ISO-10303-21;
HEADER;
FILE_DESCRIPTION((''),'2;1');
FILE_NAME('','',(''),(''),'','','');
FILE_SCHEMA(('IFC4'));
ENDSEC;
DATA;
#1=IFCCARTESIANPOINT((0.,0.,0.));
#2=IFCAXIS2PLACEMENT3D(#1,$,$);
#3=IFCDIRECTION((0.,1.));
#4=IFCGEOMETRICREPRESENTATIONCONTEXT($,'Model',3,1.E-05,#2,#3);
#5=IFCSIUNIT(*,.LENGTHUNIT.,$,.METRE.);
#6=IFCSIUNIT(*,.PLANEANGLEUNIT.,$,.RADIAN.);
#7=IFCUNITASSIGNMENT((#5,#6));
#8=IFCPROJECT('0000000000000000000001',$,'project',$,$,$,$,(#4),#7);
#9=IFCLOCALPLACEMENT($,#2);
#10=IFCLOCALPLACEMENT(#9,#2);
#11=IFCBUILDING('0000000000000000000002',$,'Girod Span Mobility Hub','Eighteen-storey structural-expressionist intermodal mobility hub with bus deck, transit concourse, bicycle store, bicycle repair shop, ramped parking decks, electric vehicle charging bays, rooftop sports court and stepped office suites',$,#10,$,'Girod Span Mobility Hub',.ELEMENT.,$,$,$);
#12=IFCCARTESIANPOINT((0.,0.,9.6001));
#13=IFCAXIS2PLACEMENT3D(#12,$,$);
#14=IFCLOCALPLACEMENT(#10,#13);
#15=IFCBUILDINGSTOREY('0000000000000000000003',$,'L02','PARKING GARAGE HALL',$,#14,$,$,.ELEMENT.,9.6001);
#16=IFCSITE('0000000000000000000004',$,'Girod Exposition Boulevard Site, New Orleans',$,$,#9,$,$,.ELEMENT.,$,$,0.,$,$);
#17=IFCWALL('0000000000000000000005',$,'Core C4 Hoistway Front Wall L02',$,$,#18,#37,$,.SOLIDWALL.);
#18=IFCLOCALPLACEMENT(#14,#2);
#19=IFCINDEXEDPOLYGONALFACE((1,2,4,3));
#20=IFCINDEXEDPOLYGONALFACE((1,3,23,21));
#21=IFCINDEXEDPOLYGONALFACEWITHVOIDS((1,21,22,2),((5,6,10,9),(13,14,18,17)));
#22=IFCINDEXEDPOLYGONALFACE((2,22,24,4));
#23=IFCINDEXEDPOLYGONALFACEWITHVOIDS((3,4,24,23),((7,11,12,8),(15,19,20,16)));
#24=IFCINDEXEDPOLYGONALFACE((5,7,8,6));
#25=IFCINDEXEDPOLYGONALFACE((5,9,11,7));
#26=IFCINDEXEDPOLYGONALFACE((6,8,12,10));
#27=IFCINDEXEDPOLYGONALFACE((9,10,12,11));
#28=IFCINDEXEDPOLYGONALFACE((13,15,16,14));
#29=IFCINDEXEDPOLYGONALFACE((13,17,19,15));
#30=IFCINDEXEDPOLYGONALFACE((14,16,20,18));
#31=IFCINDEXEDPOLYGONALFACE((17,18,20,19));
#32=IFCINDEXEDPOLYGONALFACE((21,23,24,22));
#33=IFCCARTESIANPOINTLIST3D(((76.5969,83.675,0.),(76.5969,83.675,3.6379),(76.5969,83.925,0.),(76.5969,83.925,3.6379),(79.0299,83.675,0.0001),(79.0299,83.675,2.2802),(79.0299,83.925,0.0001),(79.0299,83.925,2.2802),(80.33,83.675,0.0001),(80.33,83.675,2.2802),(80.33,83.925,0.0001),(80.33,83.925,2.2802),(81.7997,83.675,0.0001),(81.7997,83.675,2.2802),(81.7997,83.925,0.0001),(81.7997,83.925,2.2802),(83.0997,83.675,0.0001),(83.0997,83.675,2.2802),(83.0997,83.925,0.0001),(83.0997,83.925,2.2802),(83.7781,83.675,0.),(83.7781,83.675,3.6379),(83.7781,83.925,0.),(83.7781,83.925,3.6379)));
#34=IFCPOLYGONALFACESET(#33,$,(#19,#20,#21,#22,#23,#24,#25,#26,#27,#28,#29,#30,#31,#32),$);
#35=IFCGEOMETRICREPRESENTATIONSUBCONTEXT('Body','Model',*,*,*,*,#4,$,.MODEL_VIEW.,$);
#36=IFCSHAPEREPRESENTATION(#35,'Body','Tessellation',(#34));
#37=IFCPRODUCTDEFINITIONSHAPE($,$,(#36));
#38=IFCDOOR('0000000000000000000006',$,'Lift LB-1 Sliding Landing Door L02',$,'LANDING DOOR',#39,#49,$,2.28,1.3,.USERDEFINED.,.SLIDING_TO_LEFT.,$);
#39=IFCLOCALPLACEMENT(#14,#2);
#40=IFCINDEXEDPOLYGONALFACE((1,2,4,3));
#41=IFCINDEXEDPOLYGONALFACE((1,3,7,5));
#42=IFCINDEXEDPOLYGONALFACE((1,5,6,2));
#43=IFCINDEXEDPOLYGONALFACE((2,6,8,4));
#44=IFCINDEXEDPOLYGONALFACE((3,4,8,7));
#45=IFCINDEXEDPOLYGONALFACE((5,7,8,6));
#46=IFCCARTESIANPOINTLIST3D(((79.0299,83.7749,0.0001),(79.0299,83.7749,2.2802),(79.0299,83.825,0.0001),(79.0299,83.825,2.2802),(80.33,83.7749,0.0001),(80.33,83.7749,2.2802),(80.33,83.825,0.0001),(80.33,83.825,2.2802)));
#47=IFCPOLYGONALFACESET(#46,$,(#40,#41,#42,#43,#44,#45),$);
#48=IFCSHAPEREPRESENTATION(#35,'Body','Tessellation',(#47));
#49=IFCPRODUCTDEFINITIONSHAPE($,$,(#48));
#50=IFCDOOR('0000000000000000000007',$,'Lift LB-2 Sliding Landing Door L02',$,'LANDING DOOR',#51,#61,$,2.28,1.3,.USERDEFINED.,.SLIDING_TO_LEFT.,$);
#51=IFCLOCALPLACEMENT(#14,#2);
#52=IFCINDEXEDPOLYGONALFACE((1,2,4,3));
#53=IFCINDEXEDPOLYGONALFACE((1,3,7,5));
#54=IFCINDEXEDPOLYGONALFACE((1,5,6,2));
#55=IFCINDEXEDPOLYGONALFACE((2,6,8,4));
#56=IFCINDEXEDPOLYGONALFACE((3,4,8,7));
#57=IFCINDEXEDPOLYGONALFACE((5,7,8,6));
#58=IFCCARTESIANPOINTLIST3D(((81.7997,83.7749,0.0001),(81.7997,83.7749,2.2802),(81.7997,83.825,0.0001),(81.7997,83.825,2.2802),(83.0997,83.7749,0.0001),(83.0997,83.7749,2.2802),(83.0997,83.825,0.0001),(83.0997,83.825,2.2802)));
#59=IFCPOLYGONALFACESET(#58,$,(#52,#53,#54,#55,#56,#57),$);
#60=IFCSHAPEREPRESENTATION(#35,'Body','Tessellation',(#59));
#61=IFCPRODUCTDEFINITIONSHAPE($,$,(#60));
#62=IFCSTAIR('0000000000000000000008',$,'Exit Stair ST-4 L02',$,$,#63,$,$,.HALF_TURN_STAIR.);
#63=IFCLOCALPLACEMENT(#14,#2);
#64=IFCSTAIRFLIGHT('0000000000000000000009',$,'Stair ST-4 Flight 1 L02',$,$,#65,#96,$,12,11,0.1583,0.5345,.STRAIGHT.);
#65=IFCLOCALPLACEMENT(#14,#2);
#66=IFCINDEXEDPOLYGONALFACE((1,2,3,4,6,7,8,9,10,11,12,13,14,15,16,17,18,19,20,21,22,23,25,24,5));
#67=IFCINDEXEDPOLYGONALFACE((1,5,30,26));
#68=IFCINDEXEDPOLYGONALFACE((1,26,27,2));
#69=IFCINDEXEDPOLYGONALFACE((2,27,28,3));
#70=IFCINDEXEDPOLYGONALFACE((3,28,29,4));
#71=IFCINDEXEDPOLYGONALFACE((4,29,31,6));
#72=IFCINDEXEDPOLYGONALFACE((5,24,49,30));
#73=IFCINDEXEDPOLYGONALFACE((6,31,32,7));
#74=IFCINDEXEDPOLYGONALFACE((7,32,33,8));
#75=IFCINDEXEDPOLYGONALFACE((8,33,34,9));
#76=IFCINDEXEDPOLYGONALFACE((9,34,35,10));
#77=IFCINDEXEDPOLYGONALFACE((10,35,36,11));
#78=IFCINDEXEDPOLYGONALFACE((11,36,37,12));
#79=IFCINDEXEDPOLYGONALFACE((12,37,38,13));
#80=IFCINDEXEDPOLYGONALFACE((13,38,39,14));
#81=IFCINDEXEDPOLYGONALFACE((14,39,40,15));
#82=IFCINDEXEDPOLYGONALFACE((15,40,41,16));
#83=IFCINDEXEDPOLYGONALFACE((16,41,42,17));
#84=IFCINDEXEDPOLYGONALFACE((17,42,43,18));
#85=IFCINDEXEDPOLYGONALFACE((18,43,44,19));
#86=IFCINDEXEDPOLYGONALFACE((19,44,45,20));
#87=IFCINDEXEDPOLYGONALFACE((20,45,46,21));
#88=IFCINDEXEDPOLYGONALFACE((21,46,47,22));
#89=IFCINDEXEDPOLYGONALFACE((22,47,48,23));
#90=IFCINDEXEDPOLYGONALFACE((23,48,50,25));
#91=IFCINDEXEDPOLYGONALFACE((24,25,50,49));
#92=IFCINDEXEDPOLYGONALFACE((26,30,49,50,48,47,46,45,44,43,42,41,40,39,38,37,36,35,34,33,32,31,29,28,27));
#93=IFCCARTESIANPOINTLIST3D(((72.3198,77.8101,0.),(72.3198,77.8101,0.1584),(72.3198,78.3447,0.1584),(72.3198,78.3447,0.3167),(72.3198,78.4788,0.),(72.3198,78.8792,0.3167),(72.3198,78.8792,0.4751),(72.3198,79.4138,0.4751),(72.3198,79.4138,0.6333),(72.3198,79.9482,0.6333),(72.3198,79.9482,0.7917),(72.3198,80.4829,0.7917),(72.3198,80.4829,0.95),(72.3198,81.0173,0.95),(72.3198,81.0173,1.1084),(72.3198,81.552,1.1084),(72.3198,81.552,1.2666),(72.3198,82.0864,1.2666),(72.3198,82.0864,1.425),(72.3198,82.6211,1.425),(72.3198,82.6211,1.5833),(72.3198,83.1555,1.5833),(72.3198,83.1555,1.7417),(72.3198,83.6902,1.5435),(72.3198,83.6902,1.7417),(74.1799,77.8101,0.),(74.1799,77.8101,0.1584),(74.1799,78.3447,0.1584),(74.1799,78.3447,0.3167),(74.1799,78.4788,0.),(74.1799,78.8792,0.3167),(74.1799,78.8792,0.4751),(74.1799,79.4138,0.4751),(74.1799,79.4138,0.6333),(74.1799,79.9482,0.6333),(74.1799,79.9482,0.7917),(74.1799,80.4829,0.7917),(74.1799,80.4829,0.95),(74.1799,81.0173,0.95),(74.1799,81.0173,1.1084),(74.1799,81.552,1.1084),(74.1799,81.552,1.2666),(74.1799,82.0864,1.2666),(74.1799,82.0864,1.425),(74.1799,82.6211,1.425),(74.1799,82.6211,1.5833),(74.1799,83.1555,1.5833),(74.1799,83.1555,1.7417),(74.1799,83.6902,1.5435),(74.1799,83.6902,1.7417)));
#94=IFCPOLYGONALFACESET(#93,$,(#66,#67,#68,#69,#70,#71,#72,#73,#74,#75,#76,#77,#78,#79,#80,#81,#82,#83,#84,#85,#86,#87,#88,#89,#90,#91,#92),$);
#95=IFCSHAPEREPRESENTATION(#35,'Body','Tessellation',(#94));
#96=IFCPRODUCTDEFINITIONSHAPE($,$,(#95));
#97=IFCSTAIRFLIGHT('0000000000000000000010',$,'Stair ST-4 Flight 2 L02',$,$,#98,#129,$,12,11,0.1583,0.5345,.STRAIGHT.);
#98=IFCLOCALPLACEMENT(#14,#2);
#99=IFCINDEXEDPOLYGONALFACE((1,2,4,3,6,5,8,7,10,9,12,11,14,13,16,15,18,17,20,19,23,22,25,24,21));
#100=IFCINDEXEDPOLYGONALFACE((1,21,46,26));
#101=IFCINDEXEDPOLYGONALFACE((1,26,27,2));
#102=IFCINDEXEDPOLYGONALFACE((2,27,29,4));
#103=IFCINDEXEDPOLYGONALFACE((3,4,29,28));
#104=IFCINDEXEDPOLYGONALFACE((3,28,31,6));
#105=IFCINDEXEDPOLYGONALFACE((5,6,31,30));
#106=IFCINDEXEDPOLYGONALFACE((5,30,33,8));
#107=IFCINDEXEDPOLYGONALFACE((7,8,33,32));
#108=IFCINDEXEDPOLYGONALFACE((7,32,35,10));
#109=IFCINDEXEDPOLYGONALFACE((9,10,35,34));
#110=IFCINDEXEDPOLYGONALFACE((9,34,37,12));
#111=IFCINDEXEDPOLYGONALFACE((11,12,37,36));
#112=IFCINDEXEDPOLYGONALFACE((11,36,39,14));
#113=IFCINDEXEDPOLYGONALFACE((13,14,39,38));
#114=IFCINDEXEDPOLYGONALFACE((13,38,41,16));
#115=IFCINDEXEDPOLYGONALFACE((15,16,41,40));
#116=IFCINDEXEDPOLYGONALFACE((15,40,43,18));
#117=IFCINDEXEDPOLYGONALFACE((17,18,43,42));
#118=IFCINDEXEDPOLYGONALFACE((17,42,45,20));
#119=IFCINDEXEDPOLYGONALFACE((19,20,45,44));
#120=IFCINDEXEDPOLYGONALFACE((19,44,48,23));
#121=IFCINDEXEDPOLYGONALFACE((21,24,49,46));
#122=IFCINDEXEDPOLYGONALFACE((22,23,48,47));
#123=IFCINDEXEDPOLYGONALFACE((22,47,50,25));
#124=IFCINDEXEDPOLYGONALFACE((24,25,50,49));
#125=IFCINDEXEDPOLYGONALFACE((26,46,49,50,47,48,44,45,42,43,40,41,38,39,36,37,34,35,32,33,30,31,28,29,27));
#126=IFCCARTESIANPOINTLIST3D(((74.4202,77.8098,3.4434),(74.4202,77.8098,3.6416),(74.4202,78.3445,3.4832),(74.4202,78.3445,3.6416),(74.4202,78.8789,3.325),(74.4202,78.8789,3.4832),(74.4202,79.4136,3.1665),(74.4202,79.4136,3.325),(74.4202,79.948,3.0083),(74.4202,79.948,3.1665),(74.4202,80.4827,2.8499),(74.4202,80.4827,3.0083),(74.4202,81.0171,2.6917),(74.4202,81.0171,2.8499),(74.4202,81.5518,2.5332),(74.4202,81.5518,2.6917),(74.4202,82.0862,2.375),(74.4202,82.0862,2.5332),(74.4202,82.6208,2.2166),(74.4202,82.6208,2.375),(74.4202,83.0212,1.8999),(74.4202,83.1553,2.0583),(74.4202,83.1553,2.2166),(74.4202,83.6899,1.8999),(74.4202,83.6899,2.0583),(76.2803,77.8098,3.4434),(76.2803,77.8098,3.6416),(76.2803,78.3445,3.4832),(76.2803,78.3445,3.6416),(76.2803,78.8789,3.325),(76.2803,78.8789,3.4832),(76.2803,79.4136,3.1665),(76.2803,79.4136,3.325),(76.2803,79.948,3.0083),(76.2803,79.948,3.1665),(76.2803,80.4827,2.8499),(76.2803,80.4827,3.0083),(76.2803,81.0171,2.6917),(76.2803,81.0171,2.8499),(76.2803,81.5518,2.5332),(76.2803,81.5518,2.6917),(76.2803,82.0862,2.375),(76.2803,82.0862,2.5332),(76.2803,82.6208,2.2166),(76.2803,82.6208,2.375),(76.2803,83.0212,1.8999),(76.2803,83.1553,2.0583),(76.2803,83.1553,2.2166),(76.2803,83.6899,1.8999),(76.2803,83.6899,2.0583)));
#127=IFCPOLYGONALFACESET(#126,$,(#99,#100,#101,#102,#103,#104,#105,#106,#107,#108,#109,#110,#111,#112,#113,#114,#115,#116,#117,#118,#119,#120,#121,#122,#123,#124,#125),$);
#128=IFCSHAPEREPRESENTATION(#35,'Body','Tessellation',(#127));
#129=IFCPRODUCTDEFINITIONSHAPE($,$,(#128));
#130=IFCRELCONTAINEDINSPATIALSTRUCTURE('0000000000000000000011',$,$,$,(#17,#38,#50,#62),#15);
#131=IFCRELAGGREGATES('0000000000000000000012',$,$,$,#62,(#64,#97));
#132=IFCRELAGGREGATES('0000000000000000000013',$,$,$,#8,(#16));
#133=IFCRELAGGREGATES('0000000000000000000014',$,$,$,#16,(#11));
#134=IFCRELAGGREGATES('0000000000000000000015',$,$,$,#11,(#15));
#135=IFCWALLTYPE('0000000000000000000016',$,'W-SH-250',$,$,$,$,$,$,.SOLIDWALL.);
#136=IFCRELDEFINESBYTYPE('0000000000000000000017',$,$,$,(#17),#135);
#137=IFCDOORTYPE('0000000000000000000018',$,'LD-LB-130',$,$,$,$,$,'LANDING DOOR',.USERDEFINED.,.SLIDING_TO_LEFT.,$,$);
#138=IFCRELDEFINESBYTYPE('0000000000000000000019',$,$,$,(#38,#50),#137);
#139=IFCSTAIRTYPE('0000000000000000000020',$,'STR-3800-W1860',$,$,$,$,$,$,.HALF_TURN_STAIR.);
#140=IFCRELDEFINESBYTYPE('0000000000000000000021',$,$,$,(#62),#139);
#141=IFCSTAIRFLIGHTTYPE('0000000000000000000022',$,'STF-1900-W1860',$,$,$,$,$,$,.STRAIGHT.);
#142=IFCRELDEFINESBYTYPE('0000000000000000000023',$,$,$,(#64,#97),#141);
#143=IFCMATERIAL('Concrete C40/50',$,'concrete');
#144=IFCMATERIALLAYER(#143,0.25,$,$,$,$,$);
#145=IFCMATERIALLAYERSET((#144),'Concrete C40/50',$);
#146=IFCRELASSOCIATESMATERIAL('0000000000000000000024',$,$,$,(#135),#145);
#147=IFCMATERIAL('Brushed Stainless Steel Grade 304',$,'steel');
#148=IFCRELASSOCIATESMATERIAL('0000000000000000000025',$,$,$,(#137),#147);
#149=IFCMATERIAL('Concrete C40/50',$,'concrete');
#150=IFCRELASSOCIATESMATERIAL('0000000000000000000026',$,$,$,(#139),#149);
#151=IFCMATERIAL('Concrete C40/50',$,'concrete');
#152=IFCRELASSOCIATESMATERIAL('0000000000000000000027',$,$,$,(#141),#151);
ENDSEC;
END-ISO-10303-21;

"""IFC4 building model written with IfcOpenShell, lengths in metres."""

from ifc_helpers import new_model, si_unit, direction, frame, frame_2d, origin, place, context, subcontext, project, spatial, polyline, rectangle, outline, extrude, material, layer, layer_set, type_object, element, fill, aggregate, save


model = new_model("IFC4")

# Units and contexts
model_context = context("Model", 3, precision=1e-05, world=origin(), true_north=direction((0.0, 1.0)))
body_context = subcontext(model_context, "Body", "Model", "MODEL_VIEW")
ifc_project = project(units=[si_unit("LENGTHUNIT", "METRE"), si_unit("PLANEANGLEUNIT", "RADIAN")], contexts=[model_context])

# Site, building, storey
site_placement = place(None, origin())
site = spatial("IfcSite", under=ifc_project, at=site_placement, Name="Girod Exposition Boulevard Site, New Orleans", CompositionType="ELEMENT", RefElevation=0.0)
building_placement = place(site_placement, origin())
building = spatial("IfcBuilding", under=site, at=building_placement, Name="Girod Span Mobility Hub", Description="Eighteen-storey structural-expressionist intermodal mobility hub with bus deck, transit concourse, bicycle store, bicycle repair shop, ramped parking decks, electric vehicle charging bays, rooftop sports court and stepped office suites", LongName="Girod Span Mobility Hub", CompositionType="ELEMENT")
storey_placement = place(building_placement, frame((0.0, 0.0, 9.6001)))
storey = spatial("IfcBuildingStorey", under=building, at=storey_placement, Name="L02", Description="PARKING GARAGE HALL", CompositionType="ELEMENT", Elevation=9.6001)

# Wall, openings, doors
ifc_material_1 = material(Name="Concrete C40/50", Category="concrete")
ifc_layer_1 = layer(ifc_material_1, 0.25)
ifc_layer_set_1 = layer_set([ifc_layer_1], Name="Concrete C40/50")
wall_type_1 = type_object("IfcWallType", Name="W-SH-250", PredefinedType="SOLIDWALL", material=ifc_layer_set_1)
wall_1_placement = place(storey_placement, frame((76.5969, 83.8, 0.0), z_axis=(0.0, 0.0, 1.0), x_axis=(1.0, 0.0, 0.0)))
wall_1 = element("IfcWall", 1, at=wall_1_placement, inside=storey, type_object=wall_type_1, Name="Core C4 Hoistway Front Wall L02", PredefinedType="SOLIDWALL", context=body_context, shape_type="SweptSolid", body=[
    extrude(rectangle(XDim=7.1812, YDim=0.25, at=frame_2d((3.5906, 0.0))), origin(), (0.0, 0.0, 1.0), 3.6379),
])
opening_1_placement = place(wall_1_placement, frame((2.4331, 0.0, 0.0)))
opening_1 = element("IfcOpeningElement", 2, at=opening_1_placement, cuts=wall_1, PredefinedType="OPENING", context=body_context, shape_type="SweptSolid", body=[
    extrude(rectangle(XDim=1.3, YDim=2.28, at=frame_2d((0.6499, 1.1401))), frame((0.0, 0.1399, 0.0), z_axis=(0.0, -1.0, 0.0), x_axis=(1.0, 0.0, 0.0)), (0.0, 0.0, 1.0), 0.28),
])
opening_2_placement = place(wall_1_placement, frame((5.2029, 0.0, 0.0)))
opening_2 = element("IfcOpeningElement", 3, at=opening_2_placement, cuts=wall_1, PredefinedType="OPENING", context=body_context, shape_type="SweptSolid", body=[
    extrude(rectangle(XDim=1.3, YDim=2.28, at=frame_2d((0.6499, 1.1401))), frame((0.0, 0.1399, 0.0), z_axis=(0.0, -1.0, 0.0), x_axis=(1.0, 0.0, 0.0)), (0.0, 0.0, 1.0), 0.28),
])
ifc_material_2 = material(Name="Brushed Stainless Steel Grade 304", Category="steel")
door_type = type_object("IfcDoorType", Name="LD-LB-130", ElementType="LANDING DOOR", OperationType="SLIDING_TO_LEFT", PredefinedType="USERDEFINED", material=ifc_material_2)
door_1_placement = place(opening_1_placement, origin())
door_1 = element("IfcDoor", 4, at=door_1_placement, inside=storey, type_object=door_type, Name="Lift LB-1 Sliding Landing Door L02", ObjectType="LANDING DOOR", OperationType="SLIDING_TO_LEFT", OverallHeight=2.28, OverallWidth=1.3, PredefinedType="USERDEFINED", context=body_context, shape_type="SweptSolid", body=[
    extrude(rectangle(XDim=1.3, YDim=2.28, at=frame_2d((0.6499, 1.1401))), frame((0.0, 0.0249, 0.0), z_axis=(0.0, -1.0, 0.0), x_axis=(1.0, 0.0, 0.0)), (0.0, 0.0, 1.0), 0.05),
])
fill(opening_1, door_1)
door_2_placement = place(opening_2_placement, origin())
door_2 = element("IfcDoor", 5, at=door_2_placement, inside=storey, type_object=door_type, Name="Lift LB-2 Sliding Landing Door L02", ObjectType="LANDING DOOR", OperationType="SLIDING_TO_LEFT", OverallHeight=2.28, OverallWidth=1.3, PredefinedType="USERDEFINED", context=body_context, shape_type="SweptSolid", body=[
    extrude(rectangle(XDim=1.3, YDim=2.28, at=frame_2d((0.6499, 1.1401))), frame((0.0, 0.0249, 0.0), z_axis=(0.0, -1.0, 0.0), x_axis=(1.0, 0.0, 0.0)), (0.0, 0.0, 1.0), 0.05),
])
fill(opening_2, door_2)

# Stair, stair flights
ifc_material_3 = material(Name="Concrete C40/50", Category="concrete")
stair_type = type_object("IfcStairType", Name="STR-3800-W1860", PredefinedType="HALF_TURN_STAIR", material=ifc_material_3)
stair_placement = place(storey_placement, origin())
stair = element("IfcStair", 6, at=stair_placement, inside=storey, type_object=stair_type, Name="Exit Stair ST-4 L02", PredefinedType="HALF_TURN_STAIR")
ifc_material_4 = material(Name="Concrete C40/50", Category="concrete")
stair_flight_type = type_object("IfcStairFlightType", Name="STF-1900-W1860", PredefinedType="STRAIGHT", material=ifc_material_4)
stair_flight_1_placement = place(storey_placement, frame((73.25, 77.8101, 0.0), z_axis=(0.0, 0.0, 1.0), x_axis=(0.0, 1.0, 0.0)))
stair_flight_1 = element("IfcStairFlight", 7, at=stair_flight_1_placement, type_object=stair_flight_type, Name="Stair ST-4 Flight 1 L02", NumberOfRisers=12, NumberOfTreads=11, PredefinedType="STRAIGHT", RiserHeight=0.1583, TreadLength=0.5345, context=body_context, shape_type="SweptSolid", body=[
    extrude(outline(polyline([(0.0, 0.0), (0.0, 0.1584), (0.5347, 0.1584), (0.5347, 0.3167), (1.0691, 0.3167), (1.0691, 0.4751), (1.6038, 0.4751), (1.6038, 0.6333), (2.1382, 0.6333), (2.1382, 0.7917), (2.6729, 0.7917), (2.6729, 0.95), (3.2073, 0.95), (3.2073, 1.1084), (3.7419, 1.1084), (3.7419, 1.2666), (4.2764, 1.2666), (4.2764, 1.425), (4.811, 1.425), (4.811, 1.5833), (5.3455, 1.5833), (5.3455, 1.7417), (5.8801, 1.7417), (5.8801, 1.8999), (5.8801, 1.5435), (0.6687, 0.0), (0.0, 0.0)])), frame((0.0, 0.9302, 0.0), z_axis=(0.0, -1.0, 0.0), x_axis=(1.0, 0.0, 0.0)), (0.0, 0.0, 1.0), 1.8601),
])
stair_flight_2_placement = place(storey_placement, frame((75.3501, 83.6899, 1.8999), z_axis=(0.0, 0.0, 1.0), x_axis=(0.0, -1.0, 0.0)))
stair_flight_2 = element("IfcStairFlight", 8, at=stair_flight_2_placement, type_object=stair_flight_type, Name="Stair ST-4 Flight 2 L02", NumberOfRisers=12, NumberOfTreads=11, PredefinedType="STRAIGHT", RiserHeight=0.1583, TreadLength=0.5345, context=body_context, shape_type="SweptSolid", body=[
    extrude(outline(polyline([(0.0, 0.0), (0.0, 0.1584), (0.5347, 0.1584), (0.5347, 0.3167), (1.0691, 0.3167), (1.0691, 0.4751), (1.6038, 0.4751), (1.6038, 0.6333), (2.1382, 0.6333), (2.1382, 0.7917), (2.6729, 0.7917), (2.6729, 0.95), (3.2073, 0.95), (3.2073, 1.1084), (3.7419, 1.1084), (3.7419, 1.2666), (4.2764, 1.2666), (4.2764, 1.425), (4.811, 1.425), (4.811, 1.5833), (5.3455, 1.5833), (5.3455, 1.7417), (5.8801, 1.7417), (5.8801, 1.8999), (5.8801, 1.5435), (0.6687, 0.0), (0.0, 0.0)])), frame((0.0, 0.9302, 0.0), z_axis=(0.0, -1.0, 0.0), x_axis=(1.0, 0.0, 0.0)), (0.0, 0.0, 1.0), 1.8601),
])
aggregate(stair, [stair_flight_1, stair_flight_2])

save(model, "model.ifc")
